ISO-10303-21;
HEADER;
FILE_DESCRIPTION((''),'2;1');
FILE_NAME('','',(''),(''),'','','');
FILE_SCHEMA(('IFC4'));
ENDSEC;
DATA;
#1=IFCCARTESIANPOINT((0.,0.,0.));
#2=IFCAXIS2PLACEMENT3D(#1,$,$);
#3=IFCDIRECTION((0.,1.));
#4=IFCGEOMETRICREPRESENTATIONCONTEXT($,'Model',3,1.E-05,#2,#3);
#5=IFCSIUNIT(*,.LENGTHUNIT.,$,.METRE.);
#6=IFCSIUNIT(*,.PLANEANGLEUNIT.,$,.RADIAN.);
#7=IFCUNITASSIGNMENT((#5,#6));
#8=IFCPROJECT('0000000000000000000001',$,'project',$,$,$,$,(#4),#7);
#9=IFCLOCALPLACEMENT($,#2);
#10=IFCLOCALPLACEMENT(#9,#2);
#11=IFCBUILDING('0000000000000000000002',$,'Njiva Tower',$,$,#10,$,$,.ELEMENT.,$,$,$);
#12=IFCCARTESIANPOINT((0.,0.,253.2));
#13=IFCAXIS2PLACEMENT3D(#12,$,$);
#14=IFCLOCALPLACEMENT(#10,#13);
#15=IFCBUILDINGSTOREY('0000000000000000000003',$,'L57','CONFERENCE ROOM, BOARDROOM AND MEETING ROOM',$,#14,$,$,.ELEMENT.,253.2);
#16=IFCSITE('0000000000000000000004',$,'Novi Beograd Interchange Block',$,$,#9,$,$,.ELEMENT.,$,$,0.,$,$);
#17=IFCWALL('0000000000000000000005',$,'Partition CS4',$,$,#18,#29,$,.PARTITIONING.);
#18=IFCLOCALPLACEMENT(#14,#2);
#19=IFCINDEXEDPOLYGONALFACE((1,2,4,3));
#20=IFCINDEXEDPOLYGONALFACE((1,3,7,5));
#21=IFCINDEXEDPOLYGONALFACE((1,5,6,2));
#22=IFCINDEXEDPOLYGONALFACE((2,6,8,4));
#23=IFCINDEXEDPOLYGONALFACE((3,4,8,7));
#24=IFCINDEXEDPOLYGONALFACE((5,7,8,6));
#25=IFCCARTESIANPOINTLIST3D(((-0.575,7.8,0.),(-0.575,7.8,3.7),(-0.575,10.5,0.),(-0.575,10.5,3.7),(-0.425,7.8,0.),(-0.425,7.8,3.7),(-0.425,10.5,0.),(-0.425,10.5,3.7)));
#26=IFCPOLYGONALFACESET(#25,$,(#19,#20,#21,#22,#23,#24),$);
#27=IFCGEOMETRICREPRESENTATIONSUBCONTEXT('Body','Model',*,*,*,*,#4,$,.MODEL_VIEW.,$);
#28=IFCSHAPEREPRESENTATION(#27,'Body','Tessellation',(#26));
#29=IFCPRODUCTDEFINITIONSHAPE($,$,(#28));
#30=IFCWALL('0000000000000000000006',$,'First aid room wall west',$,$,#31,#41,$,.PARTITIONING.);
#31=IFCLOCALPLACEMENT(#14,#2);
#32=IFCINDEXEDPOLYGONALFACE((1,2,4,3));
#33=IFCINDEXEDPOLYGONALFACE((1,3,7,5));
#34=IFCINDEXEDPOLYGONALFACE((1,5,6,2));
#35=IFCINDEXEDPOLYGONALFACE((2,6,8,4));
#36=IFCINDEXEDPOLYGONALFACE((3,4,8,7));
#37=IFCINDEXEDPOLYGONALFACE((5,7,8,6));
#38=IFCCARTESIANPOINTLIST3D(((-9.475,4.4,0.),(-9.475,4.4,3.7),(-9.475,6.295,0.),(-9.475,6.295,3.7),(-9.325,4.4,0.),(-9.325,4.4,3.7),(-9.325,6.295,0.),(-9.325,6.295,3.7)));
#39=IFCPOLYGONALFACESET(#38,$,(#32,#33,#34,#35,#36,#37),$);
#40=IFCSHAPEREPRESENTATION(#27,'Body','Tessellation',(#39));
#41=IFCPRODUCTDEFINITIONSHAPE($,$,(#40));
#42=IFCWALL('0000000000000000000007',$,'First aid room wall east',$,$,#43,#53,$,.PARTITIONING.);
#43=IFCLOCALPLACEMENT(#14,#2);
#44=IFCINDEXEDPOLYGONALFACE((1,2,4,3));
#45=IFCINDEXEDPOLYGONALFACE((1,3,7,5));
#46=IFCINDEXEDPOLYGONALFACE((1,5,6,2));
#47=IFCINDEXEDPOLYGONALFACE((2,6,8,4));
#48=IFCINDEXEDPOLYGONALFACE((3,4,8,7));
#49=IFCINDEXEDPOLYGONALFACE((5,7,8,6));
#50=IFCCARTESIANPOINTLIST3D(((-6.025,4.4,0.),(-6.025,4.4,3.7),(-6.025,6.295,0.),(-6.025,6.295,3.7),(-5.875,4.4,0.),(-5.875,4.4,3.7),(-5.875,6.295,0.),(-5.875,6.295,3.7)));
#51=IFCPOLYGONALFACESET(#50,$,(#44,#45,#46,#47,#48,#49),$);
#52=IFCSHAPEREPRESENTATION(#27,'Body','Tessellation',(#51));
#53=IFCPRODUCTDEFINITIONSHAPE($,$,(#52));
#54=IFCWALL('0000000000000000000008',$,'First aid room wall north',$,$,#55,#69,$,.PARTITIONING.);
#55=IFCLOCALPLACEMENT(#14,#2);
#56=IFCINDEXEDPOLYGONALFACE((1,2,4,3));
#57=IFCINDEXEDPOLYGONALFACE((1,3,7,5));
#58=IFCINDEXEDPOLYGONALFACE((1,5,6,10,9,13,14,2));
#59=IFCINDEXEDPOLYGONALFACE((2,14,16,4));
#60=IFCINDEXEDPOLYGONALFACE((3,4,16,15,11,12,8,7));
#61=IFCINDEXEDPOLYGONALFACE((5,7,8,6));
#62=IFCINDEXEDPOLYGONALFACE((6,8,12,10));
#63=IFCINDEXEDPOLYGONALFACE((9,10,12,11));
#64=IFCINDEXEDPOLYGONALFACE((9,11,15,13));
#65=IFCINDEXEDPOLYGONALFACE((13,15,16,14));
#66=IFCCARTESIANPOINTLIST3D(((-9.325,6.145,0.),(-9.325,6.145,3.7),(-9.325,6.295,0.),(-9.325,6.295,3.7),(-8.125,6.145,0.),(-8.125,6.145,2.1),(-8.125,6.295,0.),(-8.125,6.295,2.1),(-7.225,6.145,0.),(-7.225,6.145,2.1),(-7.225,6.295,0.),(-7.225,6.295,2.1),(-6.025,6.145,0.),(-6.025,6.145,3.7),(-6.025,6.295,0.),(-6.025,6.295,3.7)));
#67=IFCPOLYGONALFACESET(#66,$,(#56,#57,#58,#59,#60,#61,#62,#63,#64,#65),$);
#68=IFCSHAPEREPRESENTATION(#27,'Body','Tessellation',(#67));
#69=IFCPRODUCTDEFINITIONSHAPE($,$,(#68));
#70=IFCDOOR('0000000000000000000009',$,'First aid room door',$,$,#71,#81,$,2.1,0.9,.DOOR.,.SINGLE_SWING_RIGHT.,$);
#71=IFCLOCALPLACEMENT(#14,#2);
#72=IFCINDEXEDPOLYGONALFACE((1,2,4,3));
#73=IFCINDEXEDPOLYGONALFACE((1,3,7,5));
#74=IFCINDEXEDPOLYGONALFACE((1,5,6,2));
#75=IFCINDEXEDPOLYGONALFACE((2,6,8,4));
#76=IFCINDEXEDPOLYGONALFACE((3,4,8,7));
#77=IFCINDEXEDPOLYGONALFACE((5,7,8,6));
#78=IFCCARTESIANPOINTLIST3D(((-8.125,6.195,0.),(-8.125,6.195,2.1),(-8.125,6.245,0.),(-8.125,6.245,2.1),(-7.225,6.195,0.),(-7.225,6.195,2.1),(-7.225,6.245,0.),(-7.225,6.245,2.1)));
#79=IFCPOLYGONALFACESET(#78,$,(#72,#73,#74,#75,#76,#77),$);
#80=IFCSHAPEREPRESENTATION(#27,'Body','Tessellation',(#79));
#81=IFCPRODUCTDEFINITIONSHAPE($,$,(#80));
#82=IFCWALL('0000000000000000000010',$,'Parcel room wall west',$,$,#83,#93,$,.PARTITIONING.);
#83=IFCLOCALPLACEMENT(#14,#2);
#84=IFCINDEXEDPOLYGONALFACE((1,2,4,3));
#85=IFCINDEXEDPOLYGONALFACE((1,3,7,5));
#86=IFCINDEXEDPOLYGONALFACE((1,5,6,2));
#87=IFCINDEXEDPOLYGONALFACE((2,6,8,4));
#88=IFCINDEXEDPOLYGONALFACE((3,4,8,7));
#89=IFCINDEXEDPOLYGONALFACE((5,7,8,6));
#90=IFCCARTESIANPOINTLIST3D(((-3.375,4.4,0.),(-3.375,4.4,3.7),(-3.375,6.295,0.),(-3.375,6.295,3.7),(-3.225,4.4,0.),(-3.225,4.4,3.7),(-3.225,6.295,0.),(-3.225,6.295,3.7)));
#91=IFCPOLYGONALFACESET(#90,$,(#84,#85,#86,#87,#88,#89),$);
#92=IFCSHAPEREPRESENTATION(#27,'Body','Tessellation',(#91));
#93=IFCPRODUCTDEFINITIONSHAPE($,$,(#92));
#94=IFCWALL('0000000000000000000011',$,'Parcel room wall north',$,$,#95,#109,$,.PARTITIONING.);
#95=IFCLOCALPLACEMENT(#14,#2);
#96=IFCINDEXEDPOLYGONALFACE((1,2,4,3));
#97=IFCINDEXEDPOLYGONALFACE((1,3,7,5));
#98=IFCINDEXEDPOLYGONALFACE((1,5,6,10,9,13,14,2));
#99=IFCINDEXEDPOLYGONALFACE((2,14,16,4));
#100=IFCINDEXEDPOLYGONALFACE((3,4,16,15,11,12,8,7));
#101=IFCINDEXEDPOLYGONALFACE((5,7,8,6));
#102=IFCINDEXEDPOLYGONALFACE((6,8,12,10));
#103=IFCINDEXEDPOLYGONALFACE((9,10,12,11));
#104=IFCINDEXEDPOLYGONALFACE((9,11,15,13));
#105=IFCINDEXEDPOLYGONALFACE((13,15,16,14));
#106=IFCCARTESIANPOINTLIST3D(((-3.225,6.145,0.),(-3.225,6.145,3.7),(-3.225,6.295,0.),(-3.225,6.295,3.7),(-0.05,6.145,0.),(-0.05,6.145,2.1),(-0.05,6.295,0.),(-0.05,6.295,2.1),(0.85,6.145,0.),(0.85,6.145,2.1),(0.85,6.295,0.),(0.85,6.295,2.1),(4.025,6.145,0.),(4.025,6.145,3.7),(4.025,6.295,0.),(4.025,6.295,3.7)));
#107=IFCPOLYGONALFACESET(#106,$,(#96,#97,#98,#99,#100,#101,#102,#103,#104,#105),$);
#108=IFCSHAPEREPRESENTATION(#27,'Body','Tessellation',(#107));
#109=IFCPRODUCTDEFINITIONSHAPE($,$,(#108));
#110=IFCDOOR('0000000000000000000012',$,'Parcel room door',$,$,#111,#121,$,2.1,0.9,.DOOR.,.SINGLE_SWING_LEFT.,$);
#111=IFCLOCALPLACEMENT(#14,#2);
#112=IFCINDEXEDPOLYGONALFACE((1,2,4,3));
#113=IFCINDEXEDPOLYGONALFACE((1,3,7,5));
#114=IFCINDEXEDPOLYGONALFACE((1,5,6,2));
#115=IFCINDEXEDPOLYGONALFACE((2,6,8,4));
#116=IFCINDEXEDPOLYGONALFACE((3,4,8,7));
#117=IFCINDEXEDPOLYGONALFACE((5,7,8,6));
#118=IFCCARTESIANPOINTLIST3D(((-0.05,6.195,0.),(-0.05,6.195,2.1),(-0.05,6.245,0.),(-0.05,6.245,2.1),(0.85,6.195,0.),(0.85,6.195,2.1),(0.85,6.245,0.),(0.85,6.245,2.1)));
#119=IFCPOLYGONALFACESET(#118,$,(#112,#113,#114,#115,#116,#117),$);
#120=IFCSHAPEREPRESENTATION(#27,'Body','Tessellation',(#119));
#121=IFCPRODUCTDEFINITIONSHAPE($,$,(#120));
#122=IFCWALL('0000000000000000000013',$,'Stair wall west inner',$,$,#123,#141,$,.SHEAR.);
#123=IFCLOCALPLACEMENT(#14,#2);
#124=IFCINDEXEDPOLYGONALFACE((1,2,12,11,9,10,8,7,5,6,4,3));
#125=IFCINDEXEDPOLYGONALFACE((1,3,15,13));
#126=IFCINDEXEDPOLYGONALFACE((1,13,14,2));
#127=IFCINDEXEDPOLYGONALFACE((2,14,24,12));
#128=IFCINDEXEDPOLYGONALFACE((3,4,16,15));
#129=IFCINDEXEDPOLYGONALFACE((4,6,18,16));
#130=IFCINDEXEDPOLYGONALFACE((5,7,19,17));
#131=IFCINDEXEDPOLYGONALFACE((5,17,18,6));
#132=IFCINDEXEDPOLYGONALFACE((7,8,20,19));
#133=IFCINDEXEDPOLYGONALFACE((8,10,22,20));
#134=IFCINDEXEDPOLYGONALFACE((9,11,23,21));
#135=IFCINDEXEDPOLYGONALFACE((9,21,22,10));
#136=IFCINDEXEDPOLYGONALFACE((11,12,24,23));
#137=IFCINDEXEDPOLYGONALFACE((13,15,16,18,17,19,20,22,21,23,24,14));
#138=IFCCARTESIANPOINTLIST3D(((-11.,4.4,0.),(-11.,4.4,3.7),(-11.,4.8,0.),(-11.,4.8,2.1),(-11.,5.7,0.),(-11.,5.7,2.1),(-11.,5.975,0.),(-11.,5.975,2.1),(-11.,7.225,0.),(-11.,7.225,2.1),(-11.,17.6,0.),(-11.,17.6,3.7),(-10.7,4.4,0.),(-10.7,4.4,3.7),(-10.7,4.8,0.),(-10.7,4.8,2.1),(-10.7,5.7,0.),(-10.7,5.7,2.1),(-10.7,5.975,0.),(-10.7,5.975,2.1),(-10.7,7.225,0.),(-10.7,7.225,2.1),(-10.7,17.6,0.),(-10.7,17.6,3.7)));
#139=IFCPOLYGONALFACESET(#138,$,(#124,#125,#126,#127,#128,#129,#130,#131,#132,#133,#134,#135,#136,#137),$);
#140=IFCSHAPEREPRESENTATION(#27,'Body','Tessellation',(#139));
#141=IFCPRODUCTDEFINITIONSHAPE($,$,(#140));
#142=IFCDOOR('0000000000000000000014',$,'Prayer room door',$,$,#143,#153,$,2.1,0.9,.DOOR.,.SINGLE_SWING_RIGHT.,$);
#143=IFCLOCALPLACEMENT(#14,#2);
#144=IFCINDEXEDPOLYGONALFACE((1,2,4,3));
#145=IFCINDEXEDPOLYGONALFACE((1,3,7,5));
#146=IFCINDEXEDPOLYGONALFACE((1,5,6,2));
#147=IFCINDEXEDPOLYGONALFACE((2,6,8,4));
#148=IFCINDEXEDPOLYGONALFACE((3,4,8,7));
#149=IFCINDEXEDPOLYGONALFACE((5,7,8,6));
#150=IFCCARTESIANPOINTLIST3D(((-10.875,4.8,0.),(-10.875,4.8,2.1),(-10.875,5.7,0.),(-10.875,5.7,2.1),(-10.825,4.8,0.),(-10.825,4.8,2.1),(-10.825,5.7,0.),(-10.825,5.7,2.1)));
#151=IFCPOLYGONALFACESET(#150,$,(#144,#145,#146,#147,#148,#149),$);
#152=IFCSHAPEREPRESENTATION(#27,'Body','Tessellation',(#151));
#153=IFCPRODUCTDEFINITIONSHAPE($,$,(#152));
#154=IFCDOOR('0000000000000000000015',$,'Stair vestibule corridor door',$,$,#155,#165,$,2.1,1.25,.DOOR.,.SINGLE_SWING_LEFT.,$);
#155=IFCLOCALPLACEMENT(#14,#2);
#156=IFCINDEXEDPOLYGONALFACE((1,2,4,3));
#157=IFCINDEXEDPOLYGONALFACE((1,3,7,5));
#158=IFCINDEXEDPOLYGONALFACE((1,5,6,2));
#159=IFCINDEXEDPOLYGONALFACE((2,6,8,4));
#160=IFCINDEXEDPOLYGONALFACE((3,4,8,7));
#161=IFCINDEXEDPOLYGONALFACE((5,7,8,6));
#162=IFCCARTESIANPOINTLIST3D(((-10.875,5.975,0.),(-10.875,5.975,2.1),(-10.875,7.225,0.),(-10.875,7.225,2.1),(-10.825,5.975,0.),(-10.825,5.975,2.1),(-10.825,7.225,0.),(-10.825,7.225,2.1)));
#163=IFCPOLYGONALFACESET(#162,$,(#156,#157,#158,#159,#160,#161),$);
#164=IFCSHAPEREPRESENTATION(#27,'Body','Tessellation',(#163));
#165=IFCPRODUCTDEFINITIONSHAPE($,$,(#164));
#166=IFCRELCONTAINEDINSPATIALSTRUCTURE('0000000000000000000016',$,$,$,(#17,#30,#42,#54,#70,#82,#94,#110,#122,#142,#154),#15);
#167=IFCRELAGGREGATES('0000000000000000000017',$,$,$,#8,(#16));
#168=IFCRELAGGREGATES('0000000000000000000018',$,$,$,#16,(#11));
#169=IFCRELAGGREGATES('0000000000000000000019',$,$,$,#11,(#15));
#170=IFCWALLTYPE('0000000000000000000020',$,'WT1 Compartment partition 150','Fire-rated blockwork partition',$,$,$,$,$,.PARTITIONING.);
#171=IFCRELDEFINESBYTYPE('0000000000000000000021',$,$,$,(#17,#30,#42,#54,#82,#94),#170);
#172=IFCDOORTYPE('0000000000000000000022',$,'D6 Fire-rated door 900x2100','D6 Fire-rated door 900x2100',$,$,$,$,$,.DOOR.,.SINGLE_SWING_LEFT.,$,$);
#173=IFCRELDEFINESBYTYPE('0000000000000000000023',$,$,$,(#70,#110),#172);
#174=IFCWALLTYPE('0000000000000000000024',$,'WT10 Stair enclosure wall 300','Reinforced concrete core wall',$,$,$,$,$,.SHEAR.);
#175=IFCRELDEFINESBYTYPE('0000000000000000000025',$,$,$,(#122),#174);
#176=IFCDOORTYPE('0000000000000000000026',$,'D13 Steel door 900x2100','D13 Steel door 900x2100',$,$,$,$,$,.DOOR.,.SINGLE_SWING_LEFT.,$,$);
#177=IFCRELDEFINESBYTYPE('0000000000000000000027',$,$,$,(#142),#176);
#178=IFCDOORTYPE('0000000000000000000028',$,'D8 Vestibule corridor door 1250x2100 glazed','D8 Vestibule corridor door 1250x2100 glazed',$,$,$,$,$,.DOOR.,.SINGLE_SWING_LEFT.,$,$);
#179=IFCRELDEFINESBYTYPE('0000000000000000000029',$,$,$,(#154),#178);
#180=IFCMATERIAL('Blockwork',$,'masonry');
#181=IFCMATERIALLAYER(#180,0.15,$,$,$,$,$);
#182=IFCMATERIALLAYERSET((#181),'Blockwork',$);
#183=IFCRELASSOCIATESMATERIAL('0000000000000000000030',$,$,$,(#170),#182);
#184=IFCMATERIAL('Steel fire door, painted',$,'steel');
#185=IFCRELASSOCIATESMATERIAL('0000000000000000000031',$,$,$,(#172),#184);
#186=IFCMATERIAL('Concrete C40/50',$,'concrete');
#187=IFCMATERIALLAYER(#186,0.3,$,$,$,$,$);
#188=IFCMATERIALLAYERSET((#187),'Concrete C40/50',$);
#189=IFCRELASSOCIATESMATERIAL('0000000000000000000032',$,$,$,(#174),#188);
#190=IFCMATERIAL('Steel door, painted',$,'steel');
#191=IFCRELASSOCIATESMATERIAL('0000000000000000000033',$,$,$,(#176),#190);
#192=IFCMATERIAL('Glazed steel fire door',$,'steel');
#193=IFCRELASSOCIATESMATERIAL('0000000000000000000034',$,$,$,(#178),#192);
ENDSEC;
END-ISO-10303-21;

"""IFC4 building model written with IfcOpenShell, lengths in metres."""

from ifc_helpers import new_model, si_unit, direction, frame, frame_2d, origin, place, context, subcontext, project, spatial, rectangle, extrude, material, layer, layer_set, type_object, element, fill, save


model = new_model("IFC4")

# Units and contexts
model_context = context("Model", 3, precision=1e-05, world=origin(), true_north=direction((0.0, 1.0)))
body_context = subcontext(model_context, "Body", "Model", "MODEL_VIEW")
ifc_project = project(units=[si_unit("LENGTHUNIT", "METRE"), si_unit("PLANEANGLEUNIT", "RADIAN")], contexts=[model_context])

# Site, building, storey
site_placement = place(None, origin())
site = spatial("IfcSite", under=ifc_project, at=site_placement, Name="Novi Beograd Interchange Block", CompositionType="ELEMENT", RefElevation=0.0)
building_placement = place(site_placement, origin())
building = spatial("IfcBuilding", under=site, at=building_placement, Name="Njiva Tower", CompositionType="ELEMENT")
storey_placement = place(building_placement, frame((0.0, 0.0, 253.2)))
storey = spatial("IfcBuildingStorey", under=building, at=storey_placement, Name="L57", Description="CONFERENCE ROOM, BOARDROOM AND MEETING ROOM", CompositionType="ELEMENT", Elevation=253.2)

# Walls
ifc_material_1 = material(Name="Blockwork", Category="masonry")
ifc_layer_1 = layer(ifc_material_1, 0.15)
ifc_layer_set_1 = layer_set([ifc_layer_1], Name="Blockwork")
wall_type_1 = type_object("IfcWallType", Name="WT1 Compartment partition 150", Description="Fire-rated blockwork partition", PredefinedType="PARTITIONING", material=ifc_layer_set_1)
wall_1_placement = place(storey_placement, frame((-0.5, 7.8, 0.0), z_axis=(0.0, 0.0, 1.0), x_axis=(0.0, 1.0, 0.0)))
element("IfcWall", 1, at=wall_1_placement, inside=storey, type_object=wall_type_1, Name="Partition CS4", PredefinedType="PARTITIONING", context=body_context, shape_type="SweptSolid", body=[
    extrude(rectangle(XDim=2.7, YDim=0.15, at=frame_2d((1.35, 0.0))), origin(), (0.0, 0.0, 1.0), 3.7),
])
for number, where, z_axis, x_axis, name in (
    (2, (-9.4, 4.4, 0.0), (0.0, 0.0, 1.0), (0.0, 1.0, 0.0), "First aid room wall west"),
    (3, (-5.95, 4.4, 0.0), (0.0, 0.0, 1.0), (0.0, 1.0, 0.0), "First aid room wall east"),
):
    element("IfcWall", number, at=place(storey_placement, frame(where, z_axis=z_axis, x_axis=x_axis)), inside=storey, type_object=wall_type_1, Name=name, PredefinedType="PARTITIONING", context=body_context, shape_type="SweptSolid", body=[
        extrude(rectangle(XDim=1.895, YDim=0.15, at=frame_2d((0.9475, 0.0))), origin(), (0.0, 0.0, 1.0), 3.7),
    ])

# Wall, opening, door
wall_2_placement = place(storey_placement, frame((-9.325, 6.22, 0.0), z_axis=(0.0, 0.0, 1.0), x_axis=(1.0, 0.0, 0.0)))
wall_2 = element("IfcWall", 4, at=wall_2_placement, inside=storey, type_object=wall_type_1, Name="First aid room wall north", PredefinedType="PARTITIONING", context=body_context, shape_type="SweptSolid", body=[
    extrude(rectangle(XDim=3.3, YDim=0.15, at=frame_2d((1.65, 0.0))), origin(), (0.0, 0.0, 1.0), 3.7),
])
opening_1_placement = place(wall_2_placement, frame((1.2, 0.0, 0.0)))
opening_1 = element("IfcOpeningElement", 5, at=opening_1_placement, cuts=wall_2, PredefinedType="OPENING", context=body_context, shape_type="SweptSolid", body=[
    extrude(rectangle(XDim=0.9, YDim=2.1, at=frame_2d((0.45, 1.05))), frame((0.0, 0.085, 0.0), z_axis=(0.0, -1.0, 0.0), x_axis=(1.0, 0.0, 0.0)), (0.0, 0.0, 1.0), 0.17),
])
ifc_material_2 = material(Name="Steel fire door, painted", Category="steel")
door_type_1 = type_object("IfcDoorType", Name="D6 Fire-rated door 900x2100", Description="D6 Fire-rated door 900x2100", OperationType="SINGLE_SWING_LEFT", PredefinedType="DOOR", material=ifc_material_2)
door_1_placement = place(opening_1_placement, origin())
door_1 = element("IfcDoor", 6, at=door_1_placement, inside=storey, type_object=door_type_1, Name="First aid room door", OperationType="SINGLE_SWING_RIGHT", OverallHeight=2.1, OverallWidth=0.9, PredefinedType="DOOR", context=body_context, shape_type="SweptSolid", body=[
    extrude(rectangle(XDim=0.9, YDim=2.1, at=frame_2d((0.45, 1.05))), frame((0.0, 0.025, 0.0), z_axis=(0.0, -1.0, 0.0), x_axis=(1.0, 0.0, 0.0)), (0.0, 0.0, 1.0), 0.05),
])
fill(opening_1, door_1)

# Wall
wall_3_placement = place(storey_placement, frame((-3.3, 4.4, 0.0), z_axis=(0.0, 0.0, 1.0), x_axis=(0.0, 1.0, 0.0)))
element("IfcWall", 7, at=wall_3_placement, inside=storey, type_object=wall_type_1, Name="Parcel room wall west", PredefinedType="PARTITIONING", context=body_context, shape_type="SweptSolid", body=[
    extrude(rectangle(XDim=1.895, YDim=0.15, at=frame_2d((0.9475, 0.0))), origin(), (0.0, 0.0, 1.0), 3.7),
])

# Wall, opening, door
wall_4_placement = place(storey_placement, frame((-3.225, 6.22, 0.0), z_axis=(0.0, 0.0, 1.0), x_axis=(1.0, 0.0, 0.0)))
wall_4 = element("IfcWall", 8, at=wall_4_placement, inside=storey, type_object=wall_type_1, Name="Parcel room wall north", PredefinedType="PARTITIONING", context=body_context, shape_type="SweptSolid", body=[
    extrude(rectangle(XDim=7.25, YDim=0.15, at=frame_2d((3.625, 0.0))), origin(), (0.0, 0.0, 1.0), 3.7),
])
opening_2_placement = place(wall_4_placement, frame((3.175, 0.0, 0.0)))
opening_2 = element("IfcOpeningElement", 9, at=opening_2_placement, cuts=wall_4, PredefinedType="OPENING", context=body_context, shape_type="SweptSolid", body=[
    extrude(rectangle(XDim=0.9, YDim=2.1, at=frame_2d((0.45, 1.05))), frame((0.0, 0.085, 0.0), z_axis=(0.0, -1.0, 0.0), x_axis=(1.0, 0.0, 0.0)), (0.0, 0.0, 1.0), 0.17),
])
door_2_placement = place(opening_2_placement, origin())
door_2 = element("IfcDoor", 10, at=door_2_placement, inside=storey, type_object=door_type_1, Name="Parcel room door", OperationType="SINGLE_SWING_LEFT", OverallHeight=2.1, OverallWidth=0.9, PredefinedType="DOOR", context=body_context, shape_type="SweptSolid", body=[
    extrude(rectangle(XDim=0.9, YDim=2.1, at=frame_2d((0.45, 1.05))), frame((0.0, 0.025, 0.0), z_axis=(0.0, -1.0, 0.0), x_axis=(1.0, 0.0, 0.0)), (0.0, 0.0, 1.0), 0.05),
])
fill(opening_2, door_2)

# Wall, openings, doors
ifc_material_3 = material(Name="Concrete C40/50", Category="concrete")
ifc_layer_2 = layer(ifc_material_3, 0.3)
ifc_layer_set_2 = layer_set([ifc_layer_2], Name="Concrete C40/50")
wall_type_2 = type_object("IfcWallType", Name="WT10 Stair enclosure wall 300", Description="Reinforced concrete core wall", PredefinedType="SHEAR", material=ifc_layer_set_2)
wall_5_placement = place(storey_placement, frame((-10.85, 4.4, 0.0), z_axis=(0.0, 0.0, 1.0), x_axis=(0.0, 1.0, 0.0)))
wall_5 = element("IfcWall", 11, at=wall_5_placement, inside=storey, type_object=wall_type_2, Name="Stair wall west inner", PredefinedType="SHEAR", context=body_context, shape_type="SweptSolid", body=[
    extrude(rectangle(XDim=13.2, YDim=0.3, at=frame_2d((6.6, 0.0))), origin(), (0.0, 0.0, 1.0), 3.7),
])
opening_3_placement = place(wall_5_placement, frame((1.575, 0.0, 0.0)))
opening_3 = element("IfcOpeningElement", 12, at=opening_3_placement, cuts=wall_5, PredefinedType="OPENING", context=body_context, shape_type="SweptSolid", body=[
    extrude(rectangle(XDim=1.25, YDim=2.1, at=frame_2d((0.625, 1.05))), frame((0.0, 0.16, 0.0), z_axis=(0.0, -1.0, 0.0), x_axis=(1.0, 0.0, 0.0)), (0.0, 0.0, 1.0), 0.32),
])
opening_4_placement = place(wall_5_placement, frame((0.4, 0.0, 0.0)))
opening_4 = element("IfcOpeningElement", 13, at=opening_4_placement, cuts=wall_5, PredefinedType="OPENING", context=body_context, shape_type="SweptSolid", body=[
    extrude(rectangle(XDim=0.9, YDim=2.1, at=frame_2d((0.45, 1.05))), frame((0.0, 0.16, 0.0), z_axis=(0.0, -1.0, 0.0), x_axis=(1.0, 0.0, 0.0)), (0.0, 0.0, 1.0), 0.32),
])
ifc_material_4 = material(Name="Steel door, painted", Category="steel")
door_type_2 = type_object("IfcDoorType", Name="D13 Steel door 900x2100", Description="D13 Steel door 900x2100", OperationType="SINGLE_SWING_LEFT", PredefinedType="DOOR", material=ifc_material_4)
door_3_placement = place(opening_4_placement, origin())
door_3 = element("IfcDoor", 14, at=door_3_placement, inside=storey, type_object=door_type_2, Name="Prayer room door", OperationType="SINGLE_SWING_RIGHT", OverallHeight=2.1, OverallWidth=0.9, PredefinedType="DOOR", context=body_context, shape_type="SweptSolid", body=[
    extrude(rectangle(XDim=0.9, YDim=2.1, at=frame_2d((0.45, 1.05))), frame((0.0, 0.025, 0.0), z_axis=(0.0, -1.0, 0.0), x_axis=(1.0, 0.0, 0.0)), (0.0, 0.0, 1.0), 0.05),
])
fill(opening_4, door_3)
ifc_material_5 = material(Name="Glazed steel fire door", Category="steel")
door_type_3 = type_object("IfcDoorType", Name="D8 Vestibule corridor door 1250x2100 glazed", Description="D8 Vestibule corridor door 1250x2100 glazed", OperationType="SINGLE_SWING_LEFT", PredefinedType="DOOR", material=ifc_material_5)
door_4_placement = place(opening_3_placement, origin())
door_4 = element("IfcDoor", 15, at=door_4_placement, inside=storey, type_object=door_type_3, Name="Stair vestibule corridor door", OperationType="SINGLE_SWING_LEFT", OverallHeight=2.1, OverallWidth=1.25, PredefinedType="DOOR", context=body_context, shape_type="SweptSolid", body=[
    extrude(rectangle(XDim=1.25, YDim=2.1, at=frame_2d((0.625, 1.05))), frame((0.0, 0.025, 0.0), z_axis=(0.0, -1.0, 0.0), x_axis=(1.0, 0.0, 0.0)), (0.0, 0.0, 1.0), 0.05),
])
fill(opening_3, door_4)

save(model, "model.ifc")
